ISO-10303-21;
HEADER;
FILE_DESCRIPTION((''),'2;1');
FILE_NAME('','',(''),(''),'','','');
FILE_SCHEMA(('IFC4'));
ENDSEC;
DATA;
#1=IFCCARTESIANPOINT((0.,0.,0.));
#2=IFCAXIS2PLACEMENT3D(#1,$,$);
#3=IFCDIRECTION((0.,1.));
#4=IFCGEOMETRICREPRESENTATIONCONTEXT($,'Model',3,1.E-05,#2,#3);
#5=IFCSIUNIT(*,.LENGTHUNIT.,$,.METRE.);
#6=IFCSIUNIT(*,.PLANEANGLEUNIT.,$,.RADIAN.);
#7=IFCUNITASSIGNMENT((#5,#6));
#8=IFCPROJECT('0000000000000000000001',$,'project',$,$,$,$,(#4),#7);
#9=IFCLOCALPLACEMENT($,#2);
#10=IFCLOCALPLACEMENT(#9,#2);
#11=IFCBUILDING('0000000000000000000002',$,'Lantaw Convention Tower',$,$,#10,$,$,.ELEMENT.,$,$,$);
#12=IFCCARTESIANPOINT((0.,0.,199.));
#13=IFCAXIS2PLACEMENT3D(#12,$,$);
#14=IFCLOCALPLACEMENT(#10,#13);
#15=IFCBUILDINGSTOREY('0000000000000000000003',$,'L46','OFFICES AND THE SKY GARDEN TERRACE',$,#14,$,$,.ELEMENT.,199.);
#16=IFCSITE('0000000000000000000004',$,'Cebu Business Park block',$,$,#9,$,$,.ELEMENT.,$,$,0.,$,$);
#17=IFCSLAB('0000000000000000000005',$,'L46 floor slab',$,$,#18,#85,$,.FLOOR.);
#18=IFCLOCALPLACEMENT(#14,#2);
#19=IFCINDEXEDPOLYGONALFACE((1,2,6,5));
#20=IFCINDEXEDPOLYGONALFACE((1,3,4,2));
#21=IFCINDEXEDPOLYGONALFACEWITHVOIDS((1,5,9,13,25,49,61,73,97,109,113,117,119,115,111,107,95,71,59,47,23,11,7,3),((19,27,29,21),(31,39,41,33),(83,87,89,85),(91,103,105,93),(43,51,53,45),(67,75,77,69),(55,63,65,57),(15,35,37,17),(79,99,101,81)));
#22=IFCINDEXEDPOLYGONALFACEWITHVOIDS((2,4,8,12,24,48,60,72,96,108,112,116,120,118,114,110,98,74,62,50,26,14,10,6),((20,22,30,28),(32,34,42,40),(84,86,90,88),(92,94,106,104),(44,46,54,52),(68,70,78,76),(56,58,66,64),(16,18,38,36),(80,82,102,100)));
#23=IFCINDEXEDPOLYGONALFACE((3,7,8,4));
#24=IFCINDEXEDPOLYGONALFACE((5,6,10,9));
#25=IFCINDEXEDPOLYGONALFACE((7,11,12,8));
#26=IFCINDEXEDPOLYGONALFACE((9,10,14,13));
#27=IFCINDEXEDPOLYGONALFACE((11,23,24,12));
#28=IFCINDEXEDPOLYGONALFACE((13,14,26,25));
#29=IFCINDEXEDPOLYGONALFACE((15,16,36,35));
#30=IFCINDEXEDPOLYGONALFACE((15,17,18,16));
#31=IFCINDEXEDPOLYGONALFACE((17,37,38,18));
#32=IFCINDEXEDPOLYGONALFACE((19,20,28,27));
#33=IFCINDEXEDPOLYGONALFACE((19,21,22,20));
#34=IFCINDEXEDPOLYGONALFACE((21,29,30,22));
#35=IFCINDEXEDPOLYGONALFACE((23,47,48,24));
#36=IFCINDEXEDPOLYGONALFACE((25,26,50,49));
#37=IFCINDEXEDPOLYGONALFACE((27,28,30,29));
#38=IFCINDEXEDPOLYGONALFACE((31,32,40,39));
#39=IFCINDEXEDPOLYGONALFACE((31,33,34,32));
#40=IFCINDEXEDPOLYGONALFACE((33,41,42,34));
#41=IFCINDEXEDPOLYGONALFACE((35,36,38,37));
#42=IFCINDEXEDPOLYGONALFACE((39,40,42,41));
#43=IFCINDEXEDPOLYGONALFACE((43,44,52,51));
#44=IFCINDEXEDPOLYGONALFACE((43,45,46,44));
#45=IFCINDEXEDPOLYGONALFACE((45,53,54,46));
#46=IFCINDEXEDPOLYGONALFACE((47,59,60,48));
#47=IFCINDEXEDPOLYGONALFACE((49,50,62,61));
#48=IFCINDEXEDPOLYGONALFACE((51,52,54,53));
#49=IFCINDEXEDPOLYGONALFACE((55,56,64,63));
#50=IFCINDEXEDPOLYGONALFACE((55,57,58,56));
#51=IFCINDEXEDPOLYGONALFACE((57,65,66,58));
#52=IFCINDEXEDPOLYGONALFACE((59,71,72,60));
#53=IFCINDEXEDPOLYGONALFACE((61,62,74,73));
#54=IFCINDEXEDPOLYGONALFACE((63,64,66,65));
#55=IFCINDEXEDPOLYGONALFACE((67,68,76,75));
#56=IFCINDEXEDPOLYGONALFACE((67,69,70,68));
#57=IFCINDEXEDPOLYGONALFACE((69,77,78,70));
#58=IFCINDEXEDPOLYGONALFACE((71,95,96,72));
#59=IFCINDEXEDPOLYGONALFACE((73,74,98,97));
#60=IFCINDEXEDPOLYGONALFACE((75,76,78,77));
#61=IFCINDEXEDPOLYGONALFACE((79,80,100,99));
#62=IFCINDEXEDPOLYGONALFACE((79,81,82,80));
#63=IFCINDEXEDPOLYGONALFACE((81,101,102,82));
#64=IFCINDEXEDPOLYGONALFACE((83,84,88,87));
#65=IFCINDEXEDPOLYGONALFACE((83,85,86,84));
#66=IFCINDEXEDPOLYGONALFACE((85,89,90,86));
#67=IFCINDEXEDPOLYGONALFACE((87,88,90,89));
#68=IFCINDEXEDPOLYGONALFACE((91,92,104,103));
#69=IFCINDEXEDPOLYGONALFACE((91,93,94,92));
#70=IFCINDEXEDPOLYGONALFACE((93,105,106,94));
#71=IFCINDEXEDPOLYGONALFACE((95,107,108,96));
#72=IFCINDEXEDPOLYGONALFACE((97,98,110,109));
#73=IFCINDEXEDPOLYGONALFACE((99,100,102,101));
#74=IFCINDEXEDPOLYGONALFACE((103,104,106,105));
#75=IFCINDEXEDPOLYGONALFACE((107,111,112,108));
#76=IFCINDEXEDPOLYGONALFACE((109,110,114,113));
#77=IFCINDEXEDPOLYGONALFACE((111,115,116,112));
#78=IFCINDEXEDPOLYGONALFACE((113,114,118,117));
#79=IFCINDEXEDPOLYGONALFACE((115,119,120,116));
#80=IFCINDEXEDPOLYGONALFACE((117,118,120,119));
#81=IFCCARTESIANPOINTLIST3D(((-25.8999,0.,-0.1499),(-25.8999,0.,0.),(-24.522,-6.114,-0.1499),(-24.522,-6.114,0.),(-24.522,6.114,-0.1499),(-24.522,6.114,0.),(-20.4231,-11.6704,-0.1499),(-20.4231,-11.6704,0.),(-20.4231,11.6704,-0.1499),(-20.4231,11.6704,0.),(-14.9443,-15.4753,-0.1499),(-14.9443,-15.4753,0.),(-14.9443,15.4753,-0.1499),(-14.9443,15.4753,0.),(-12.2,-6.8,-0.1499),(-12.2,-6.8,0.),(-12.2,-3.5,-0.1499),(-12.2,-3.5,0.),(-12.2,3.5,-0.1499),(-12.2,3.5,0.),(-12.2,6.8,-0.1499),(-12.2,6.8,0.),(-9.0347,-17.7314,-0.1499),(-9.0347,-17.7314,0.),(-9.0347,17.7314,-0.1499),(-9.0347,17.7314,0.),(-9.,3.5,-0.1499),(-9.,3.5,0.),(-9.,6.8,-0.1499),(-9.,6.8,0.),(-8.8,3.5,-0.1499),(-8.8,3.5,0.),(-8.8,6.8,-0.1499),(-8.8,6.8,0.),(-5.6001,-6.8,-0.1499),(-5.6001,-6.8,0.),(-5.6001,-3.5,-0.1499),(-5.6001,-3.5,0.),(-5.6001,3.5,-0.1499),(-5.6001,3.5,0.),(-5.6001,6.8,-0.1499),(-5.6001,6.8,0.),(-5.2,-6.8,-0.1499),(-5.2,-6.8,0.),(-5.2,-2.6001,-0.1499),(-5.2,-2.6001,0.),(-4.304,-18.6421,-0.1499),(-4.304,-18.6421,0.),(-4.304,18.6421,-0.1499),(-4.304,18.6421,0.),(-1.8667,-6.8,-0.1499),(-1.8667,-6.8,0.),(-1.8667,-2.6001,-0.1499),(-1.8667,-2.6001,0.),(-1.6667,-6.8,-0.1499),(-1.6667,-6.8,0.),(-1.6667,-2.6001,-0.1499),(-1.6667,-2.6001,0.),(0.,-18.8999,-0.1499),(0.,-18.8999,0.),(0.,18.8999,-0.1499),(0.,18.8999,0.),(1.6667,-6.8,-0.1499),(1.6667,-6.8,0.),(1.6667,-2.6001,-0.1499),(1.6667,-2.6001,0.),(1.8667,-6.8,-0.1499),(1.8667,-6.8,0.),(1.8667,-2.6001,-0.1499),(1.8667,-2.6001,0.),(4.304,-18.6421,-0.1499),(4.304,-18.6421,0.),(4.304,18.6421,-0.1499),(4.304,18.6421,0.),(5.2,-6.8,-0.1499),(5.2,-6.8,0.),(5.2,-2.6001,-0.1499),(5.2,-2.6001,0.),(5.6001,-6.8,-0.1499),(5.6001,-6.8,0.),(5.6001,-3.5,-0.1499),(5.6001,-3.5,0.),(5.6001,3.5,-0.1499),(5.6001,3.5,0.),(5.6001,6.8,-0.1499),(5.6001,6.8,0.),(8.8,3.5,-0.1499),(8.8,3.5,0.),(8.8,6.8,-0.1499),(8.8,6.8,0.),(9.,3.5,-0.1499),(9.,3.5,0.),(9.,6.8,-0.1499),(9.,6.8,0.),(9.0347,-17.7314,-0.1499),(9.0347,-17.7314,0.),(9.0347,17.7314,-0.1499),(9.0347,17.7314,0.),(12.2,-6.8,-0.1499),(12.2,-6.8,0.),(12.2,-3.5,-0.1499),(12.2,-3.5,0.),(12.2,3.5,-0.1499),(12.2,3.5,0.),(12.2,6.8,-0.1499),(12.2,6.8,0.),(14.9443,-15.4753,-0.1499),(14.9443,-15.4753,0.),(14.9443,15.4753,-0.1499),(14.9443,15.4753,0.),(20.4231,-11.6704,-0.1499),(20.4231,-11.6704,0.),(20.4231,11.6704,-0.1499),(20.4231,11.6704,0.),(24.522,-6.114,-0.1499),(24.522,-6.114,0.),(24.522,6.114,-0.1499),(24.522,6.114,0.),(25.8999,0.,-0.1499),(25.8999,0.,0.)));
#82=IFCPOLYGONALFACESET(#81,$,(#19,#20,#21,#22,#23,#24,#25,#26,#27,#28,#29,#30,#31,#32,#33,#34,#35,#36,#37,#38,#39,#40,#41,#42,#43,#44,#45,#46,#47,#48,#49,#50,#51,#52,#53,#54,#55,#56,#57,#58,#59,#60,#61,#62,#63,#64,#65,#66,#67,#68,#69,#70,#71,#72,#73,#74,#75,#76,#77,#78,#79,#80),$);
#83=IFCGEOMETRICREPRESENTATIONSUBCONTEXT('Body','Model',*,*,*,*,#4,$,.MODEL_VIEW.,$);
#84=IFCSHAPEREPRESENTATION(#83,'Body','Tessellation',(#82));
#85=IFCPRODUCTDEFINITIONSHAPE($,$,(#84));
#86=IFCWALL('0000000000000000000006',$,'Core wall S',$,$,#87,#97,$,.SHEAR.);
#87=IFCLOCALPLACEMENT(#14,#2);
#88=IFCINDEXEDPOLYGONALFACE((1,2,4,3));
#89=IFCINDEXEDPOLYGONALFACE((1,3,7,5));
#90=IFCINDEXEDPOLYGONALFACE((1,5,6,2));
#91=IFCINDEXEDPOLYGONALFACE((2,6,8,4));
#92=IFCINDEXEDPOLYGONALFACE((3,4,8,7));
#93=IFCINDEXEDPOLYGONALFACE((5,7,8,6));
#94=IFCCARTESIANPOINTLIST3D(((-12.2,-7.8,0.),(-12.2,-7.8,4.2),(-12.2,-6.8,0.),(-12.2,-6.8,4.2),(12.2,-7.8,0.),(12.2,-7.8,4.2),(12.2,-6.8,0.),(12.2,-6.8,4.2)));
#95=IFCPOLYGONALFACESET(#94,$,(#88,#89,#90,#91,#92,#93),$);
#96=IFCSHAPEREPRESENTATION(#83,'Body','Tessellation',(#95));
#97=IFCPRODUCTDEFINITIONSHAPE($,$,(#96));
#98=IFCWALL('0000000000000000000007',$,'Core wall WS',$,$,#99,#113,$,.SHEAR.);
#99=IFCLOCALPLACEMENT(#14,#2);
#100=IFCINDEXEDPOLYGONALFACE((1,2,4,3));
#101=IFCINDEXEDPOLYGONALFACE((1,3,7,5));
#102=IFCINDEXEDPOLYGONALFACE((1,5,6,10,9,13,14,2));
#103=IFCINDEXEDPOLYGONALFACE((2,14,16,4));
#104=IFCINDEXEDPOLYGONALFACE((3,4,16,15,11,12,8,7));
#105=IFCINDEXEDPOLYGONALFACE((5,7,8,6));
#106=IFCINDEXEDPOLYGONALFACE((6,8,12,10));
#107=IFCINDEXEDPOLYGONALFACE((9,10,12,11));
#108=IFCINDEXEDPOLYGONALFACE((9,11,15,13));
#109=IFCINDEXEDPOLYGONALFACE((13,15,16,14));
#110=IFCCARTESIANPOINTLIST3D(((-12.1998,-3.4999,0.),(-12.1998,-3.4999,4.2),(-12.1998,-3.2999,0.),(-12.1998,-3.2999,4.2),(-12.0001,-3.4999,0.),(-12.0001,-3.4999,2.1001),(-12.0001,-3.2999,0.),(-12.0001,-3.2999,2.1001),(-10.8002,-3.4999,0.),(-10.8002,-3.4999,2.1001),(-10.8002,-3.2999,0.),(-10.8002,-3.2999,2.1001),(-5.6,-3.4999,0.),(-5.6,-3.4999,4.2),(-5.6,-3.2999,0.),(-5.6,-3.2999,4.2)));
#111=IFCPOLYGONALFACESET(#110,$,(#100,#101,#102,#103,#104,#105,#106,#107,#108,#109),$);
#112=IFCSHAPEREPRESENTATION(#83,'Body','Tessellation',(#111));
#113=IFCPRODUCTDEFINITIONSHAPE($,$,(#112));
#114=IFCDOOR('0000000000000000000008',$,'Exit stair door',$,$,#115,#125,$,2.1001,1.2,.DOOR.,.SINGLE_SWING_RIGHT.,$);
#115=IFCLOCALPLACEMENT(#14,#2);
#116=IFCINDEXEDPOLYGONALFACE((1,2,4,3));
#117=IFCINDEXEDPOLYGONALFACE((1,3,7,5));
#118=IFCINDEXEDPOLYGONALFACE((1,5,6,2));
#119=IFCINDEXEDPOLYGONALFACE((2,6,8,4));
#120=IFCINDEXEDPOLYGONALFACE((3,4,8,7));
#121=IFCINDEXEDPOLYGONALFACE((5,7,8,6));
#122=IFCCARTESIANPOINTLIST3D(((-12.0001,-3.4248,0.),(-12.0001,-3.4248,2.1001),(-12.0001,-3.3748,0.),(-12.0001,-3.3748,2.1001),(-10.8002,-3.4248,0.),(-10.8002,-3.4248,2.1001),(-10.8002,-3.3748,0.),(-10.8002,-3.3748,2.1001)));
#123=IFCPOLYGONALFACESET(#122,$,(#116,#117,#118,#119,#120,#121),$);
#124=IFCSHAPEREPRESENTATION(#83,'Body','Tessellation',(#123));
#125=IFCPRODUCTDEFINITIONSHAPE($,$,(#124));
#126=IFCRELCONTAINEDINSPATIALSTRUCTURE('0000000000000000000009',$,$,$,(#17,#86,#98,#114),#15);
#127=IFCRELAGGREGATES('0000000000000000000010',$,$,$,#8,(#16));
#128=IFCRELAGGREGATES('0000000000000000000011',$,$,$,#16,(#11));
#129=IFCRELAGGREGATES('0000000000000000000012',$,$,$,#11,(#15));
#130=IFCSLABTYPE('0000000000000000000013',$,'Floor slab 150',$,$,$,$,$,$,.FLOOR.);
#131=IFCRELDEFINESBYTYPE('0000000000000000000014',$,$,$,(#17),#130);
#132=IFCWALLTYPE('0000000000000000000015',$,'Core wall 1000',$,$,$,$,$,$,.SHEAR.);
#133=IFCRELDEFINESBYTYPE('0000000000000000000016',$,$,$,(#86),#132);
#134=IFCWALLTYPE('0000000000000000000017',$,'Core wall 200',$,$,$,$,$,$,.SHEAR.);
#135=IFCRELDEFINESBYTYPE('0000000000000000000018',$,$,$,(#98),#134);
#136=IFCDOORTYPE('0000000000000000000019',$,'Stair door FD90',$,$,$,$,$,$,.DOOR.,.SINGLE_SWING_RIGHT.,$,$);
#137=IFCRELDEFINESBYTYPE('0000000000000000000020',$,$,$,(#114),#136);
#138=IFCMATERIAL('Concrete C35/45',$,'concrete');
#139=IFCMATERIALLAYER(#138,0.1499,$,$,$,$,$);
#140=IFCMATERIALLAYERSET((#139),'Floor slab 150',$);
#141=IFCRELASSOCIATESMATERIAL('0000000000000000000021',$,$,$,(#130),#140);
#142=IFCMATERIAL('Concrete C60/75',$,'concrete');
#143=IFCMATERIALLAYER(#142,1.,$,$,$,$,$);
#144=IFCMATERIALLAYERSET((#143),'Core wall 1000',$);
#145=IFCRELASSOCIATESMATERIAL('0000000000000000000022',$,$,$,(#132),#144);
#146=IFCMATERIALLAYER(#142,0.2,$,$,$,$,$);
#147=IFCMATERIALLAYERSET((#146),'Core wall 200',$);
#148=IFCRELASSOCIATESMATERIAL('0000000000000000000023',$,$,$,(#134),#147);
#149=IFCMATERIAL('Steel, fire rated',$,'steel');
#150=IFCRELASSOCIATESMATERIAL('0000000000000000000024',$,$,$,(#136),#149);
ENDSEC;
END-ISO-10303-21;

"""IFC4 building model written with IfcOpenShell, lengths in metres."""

from ifc_helpers import new_model, si_unit, direction, frame, frame_2d, origin, place, context, subcontext, project, spatial, polyline, rectangle, outline, extrude, material, layer, layer_set, type_object, element, fill, save


model = new_model("IFC4")

# Units and contexts
model_context = context("Model", 3, precision=1e-05, world=origin(), true_north=direction((0.0, 1.0)))
body_context = subcontext(model_context, "Body", "Model", "MODEL_VIEW")
ifc_project = project(units=[si_unit("LENGTHUNIT", "METRE"), si_unit("PLANEANGLEUNIT", "RADIAN")], contexts=[model_context])

# Site, building, storey
site_placement = place(None, origin())
site = spatial("IfcSite", under=ifc_project, at=site_placement, Name="Cebu Business Park block", CompositionType="ELEMENT", RefElevation=0.0)
building_placement = place(site_placement, origin())
building = spatial("IfcBuilding", under=site, at=building_placement, Name="Lantaw Convention Tower", CompositionType="ELEMENT")
storey_placement = place(building_placement, frame((0.0, 0.0, 199.0)))
storey = spatial("IfcBuildingStorey", under=building, at=storey_placement, Name="L46", Description="OFFICES AND THE SKY GARDEN TERRACE", CompositionType="ELEMENT", Elevation=199.0)

# Slab
ifc_material_1 = material(Name="Concrete C35/45", Category="concrete")
ifc_layer_1 = layer(ifc_material_1, 0.1499)
ifc_layer_set_1 = layer_set([ifc_layer_1], Name="Floor slab 150")
slab_type = type_object("IfcSlabType", Name="Floor slab 150", PredefinedType="FLOOR", material=ifc_layer_set_1)
slab_placement = place(storey_placement, frame((0.0, 0.0, -0.1499)))
element("IfcSlab", 1, at=slab_placement, inside=storey, type_object=slab_type, Name="L46 floor slab", PredefinedType="FLOOR", context=body_context, shape_type="SweptSolid", body=[
    extrude(outline(polyline([(20.4231, -11.6704), (24.522, -6.114), (25.8999, 0.0), (24.522, 6.114), (20.4231, 11.6704), (14.9443, 15.4753), (9.0347, 17.7314), (4.304, 18.6421), (0.0, 18.8999), (-4.304, 18.6421), (-9.0347, 17.7314), (-14.9443, 15.4753), (-20.4231, 11.6704), (-24.522, 6.114), (-25.8999, 0.0), (-24.522, -6.114), (-20.4231, -11.6704), (-14.9443, -15.4753), (-9.0347, -17.7314), (-4.304, -18.6421), (0.0, -18.8999), (4.304, -18.6421), (9.0347, -17.7314), (14.9443, -15.4753), (20.4231, -11.6704)]), holes=[polyline([(-5.6001, -3.5), (-12.2, -3.5), (-12.2, -6.8), (-5.6001, -6.8), (-5.6001, -3.5)]), polyline([(12.2, -3.5), (5.6001, -3.5), (5.6001, -6.8), (12.2, -6.8), (12.2, -3.5)]), polyline([(-1.8667, -2.6001), (-5.2, -2.6001), (-5.2, -6.8), (-1.8667, -6.8), (-1.8667, -2.6001)]), polyline([(1.6667, -2.6001), (-1.6667, -2.6001), (-1.6667, -6.8), (1.6667, -6.8), (1.6667, -2.6001)]), polyline([(5.2, -2.6001), (1.8667, -2.6001), (1.8667, -6.8), (5.2, -6.8), (5.2, -2.6001)]), polyline([(-9.0, 6.8), (-12.2, 6.8), (-12.2, 3.5), (-9.0, 3.5), (-9.0, 6.8)]), polyline([(-5.6001, 6.8), (-8.8, 6.8), (-8.8, 3.5), (-5.6001, 3.5), (-5.6001, 6.8)]), polyline([(8.8, 3.5), (8.8, 6.8), (5.6001, 6.8), (5.6001, 3.5), (8.8, 3.5)]), polyline([(12.2, 3.5), (12.2, 6.8), (9.0, 6.8), (9.0, 3.5), (12.2, 3.5)])]), origin(), (0.0, 0.0, 1.0), 0.1499),
])

# Wall
ifc_material_2 = material(Name="Concrete C60/75", Category="concrete")
ifc_layer_2 = layer(ifc_material_2, 1.0)
ifc_layer_set_2 = layer_set([ifc_layer_2], Name="Core wall 1000")
wall_type_1 = type_object("IfcWallType", Name="Core wall 1000", PredefinedType="SHEAR", material=ifc_layer_set_2)
wall_1_placement = place(storey_placement, frame((-12.2, -7.3, 0.0), z_axis=(0.0, 0.0, 1.0), x_axis=(1.0, 0.0, 0.0)))
element("IfcWall", 2, at=wall_1_placement, inside=storey, type_object=wall_type_1, Name="Core wall S", PredefinedType="SHEAR", context=body_context, shape_type="SweptSolid", body=[
    extrude(rectangle(XDim=24.3999, YDim=1.0, at=frame_2d((12.2, 0.0))), origin(), (0.0, 0.0, 1.0), 4.2),
])

# Wall, opening, door
ifc_layer_3 = layer(ifc_material_2, 0.2)
ifc_layer_set_3 = layer_set([ifc_layer_3], Name="Core wall 200")
wall_type_2 = type_object("IfcWallType", Name="Core wall 200", PredefinedType="SHEAR", material=ifc_layer_set_3)
wall_2_placement = place(storey_placement, frame((-5.6001, -3.3999, 0.0), z_axis=(0.0, 0.0, 1.0), x_axis=(-1.0, 0.0, 0.0)))
wall_2 = element("IfcWall", 3, at=wall_2_placement, inside=storey, type_object=wall_type_2, Name="Core wall WS", PredefinedType="SHEAR", context=body_context, shape_type="SweptSolid", body=[
    extrude(rectangle(XDim=6.5999, YDim=0.2, at=frame_2d((3.2998, 0.0))), origin(), (0.0, 0.0, 1.0), 4.2),
])
opening_1_placement = place(wall_2_placement, frame((5.2, 0.0, 0.0)))
opening_1 = element("IfcOpeningElement", 4, at=opening_1_placement, cuts=wall_2, PredefinedType="OPENING", context=body_context, shape_type="SweptSolid", body=[
    extrude(rectangle(XDim=1.2, YDim=2.1001, at=frame_2d((0.6001, 1.05))), frame((0.0, 0.1099, 0.0), z_axis=(0.0, -1.0, 0.0), x_axis=(1.0, 0.0, 0.0)), (0.0, 0.0, 1.0), 0.22),
])
ifc_material_3 = material(Name="Steel, fire rated", Category="steel")
door_type_1 = type_object("IfcDoorType", Name="Stair door FD90", OperationType="SINGLE_SWING_RIGHT", PredefinedType="DOOR", material=ifc_material_3)
door_1_placement = place(opening_1_placement, origin())
door_1 = element("IfcDoor", 5, at=door_1_placement, inside=storey, type_object=door_type_1, Name="Exit stair door", OperationType="SINGLE_SWING_RIGHT", OverallHeight=2.1001, OverallWidth=1.2, PredefinedType="DOOR", context=body_context, shape_type="SweptSolid", body=[
    extrude(rectangle(XDim=1.2, YDim=2.1001, at=frame_2d((0.6001, 1.05))), frame((0.0, 0.0249, 0.0), z_axis=(0.0, -1.0, 0.0), x_axis=(1.0, 0.0, 0.0)), (0.0, 0.0, 1.0), 0.05),
])
fill(opening_1, door_1)

save(model, "model.ifc")
